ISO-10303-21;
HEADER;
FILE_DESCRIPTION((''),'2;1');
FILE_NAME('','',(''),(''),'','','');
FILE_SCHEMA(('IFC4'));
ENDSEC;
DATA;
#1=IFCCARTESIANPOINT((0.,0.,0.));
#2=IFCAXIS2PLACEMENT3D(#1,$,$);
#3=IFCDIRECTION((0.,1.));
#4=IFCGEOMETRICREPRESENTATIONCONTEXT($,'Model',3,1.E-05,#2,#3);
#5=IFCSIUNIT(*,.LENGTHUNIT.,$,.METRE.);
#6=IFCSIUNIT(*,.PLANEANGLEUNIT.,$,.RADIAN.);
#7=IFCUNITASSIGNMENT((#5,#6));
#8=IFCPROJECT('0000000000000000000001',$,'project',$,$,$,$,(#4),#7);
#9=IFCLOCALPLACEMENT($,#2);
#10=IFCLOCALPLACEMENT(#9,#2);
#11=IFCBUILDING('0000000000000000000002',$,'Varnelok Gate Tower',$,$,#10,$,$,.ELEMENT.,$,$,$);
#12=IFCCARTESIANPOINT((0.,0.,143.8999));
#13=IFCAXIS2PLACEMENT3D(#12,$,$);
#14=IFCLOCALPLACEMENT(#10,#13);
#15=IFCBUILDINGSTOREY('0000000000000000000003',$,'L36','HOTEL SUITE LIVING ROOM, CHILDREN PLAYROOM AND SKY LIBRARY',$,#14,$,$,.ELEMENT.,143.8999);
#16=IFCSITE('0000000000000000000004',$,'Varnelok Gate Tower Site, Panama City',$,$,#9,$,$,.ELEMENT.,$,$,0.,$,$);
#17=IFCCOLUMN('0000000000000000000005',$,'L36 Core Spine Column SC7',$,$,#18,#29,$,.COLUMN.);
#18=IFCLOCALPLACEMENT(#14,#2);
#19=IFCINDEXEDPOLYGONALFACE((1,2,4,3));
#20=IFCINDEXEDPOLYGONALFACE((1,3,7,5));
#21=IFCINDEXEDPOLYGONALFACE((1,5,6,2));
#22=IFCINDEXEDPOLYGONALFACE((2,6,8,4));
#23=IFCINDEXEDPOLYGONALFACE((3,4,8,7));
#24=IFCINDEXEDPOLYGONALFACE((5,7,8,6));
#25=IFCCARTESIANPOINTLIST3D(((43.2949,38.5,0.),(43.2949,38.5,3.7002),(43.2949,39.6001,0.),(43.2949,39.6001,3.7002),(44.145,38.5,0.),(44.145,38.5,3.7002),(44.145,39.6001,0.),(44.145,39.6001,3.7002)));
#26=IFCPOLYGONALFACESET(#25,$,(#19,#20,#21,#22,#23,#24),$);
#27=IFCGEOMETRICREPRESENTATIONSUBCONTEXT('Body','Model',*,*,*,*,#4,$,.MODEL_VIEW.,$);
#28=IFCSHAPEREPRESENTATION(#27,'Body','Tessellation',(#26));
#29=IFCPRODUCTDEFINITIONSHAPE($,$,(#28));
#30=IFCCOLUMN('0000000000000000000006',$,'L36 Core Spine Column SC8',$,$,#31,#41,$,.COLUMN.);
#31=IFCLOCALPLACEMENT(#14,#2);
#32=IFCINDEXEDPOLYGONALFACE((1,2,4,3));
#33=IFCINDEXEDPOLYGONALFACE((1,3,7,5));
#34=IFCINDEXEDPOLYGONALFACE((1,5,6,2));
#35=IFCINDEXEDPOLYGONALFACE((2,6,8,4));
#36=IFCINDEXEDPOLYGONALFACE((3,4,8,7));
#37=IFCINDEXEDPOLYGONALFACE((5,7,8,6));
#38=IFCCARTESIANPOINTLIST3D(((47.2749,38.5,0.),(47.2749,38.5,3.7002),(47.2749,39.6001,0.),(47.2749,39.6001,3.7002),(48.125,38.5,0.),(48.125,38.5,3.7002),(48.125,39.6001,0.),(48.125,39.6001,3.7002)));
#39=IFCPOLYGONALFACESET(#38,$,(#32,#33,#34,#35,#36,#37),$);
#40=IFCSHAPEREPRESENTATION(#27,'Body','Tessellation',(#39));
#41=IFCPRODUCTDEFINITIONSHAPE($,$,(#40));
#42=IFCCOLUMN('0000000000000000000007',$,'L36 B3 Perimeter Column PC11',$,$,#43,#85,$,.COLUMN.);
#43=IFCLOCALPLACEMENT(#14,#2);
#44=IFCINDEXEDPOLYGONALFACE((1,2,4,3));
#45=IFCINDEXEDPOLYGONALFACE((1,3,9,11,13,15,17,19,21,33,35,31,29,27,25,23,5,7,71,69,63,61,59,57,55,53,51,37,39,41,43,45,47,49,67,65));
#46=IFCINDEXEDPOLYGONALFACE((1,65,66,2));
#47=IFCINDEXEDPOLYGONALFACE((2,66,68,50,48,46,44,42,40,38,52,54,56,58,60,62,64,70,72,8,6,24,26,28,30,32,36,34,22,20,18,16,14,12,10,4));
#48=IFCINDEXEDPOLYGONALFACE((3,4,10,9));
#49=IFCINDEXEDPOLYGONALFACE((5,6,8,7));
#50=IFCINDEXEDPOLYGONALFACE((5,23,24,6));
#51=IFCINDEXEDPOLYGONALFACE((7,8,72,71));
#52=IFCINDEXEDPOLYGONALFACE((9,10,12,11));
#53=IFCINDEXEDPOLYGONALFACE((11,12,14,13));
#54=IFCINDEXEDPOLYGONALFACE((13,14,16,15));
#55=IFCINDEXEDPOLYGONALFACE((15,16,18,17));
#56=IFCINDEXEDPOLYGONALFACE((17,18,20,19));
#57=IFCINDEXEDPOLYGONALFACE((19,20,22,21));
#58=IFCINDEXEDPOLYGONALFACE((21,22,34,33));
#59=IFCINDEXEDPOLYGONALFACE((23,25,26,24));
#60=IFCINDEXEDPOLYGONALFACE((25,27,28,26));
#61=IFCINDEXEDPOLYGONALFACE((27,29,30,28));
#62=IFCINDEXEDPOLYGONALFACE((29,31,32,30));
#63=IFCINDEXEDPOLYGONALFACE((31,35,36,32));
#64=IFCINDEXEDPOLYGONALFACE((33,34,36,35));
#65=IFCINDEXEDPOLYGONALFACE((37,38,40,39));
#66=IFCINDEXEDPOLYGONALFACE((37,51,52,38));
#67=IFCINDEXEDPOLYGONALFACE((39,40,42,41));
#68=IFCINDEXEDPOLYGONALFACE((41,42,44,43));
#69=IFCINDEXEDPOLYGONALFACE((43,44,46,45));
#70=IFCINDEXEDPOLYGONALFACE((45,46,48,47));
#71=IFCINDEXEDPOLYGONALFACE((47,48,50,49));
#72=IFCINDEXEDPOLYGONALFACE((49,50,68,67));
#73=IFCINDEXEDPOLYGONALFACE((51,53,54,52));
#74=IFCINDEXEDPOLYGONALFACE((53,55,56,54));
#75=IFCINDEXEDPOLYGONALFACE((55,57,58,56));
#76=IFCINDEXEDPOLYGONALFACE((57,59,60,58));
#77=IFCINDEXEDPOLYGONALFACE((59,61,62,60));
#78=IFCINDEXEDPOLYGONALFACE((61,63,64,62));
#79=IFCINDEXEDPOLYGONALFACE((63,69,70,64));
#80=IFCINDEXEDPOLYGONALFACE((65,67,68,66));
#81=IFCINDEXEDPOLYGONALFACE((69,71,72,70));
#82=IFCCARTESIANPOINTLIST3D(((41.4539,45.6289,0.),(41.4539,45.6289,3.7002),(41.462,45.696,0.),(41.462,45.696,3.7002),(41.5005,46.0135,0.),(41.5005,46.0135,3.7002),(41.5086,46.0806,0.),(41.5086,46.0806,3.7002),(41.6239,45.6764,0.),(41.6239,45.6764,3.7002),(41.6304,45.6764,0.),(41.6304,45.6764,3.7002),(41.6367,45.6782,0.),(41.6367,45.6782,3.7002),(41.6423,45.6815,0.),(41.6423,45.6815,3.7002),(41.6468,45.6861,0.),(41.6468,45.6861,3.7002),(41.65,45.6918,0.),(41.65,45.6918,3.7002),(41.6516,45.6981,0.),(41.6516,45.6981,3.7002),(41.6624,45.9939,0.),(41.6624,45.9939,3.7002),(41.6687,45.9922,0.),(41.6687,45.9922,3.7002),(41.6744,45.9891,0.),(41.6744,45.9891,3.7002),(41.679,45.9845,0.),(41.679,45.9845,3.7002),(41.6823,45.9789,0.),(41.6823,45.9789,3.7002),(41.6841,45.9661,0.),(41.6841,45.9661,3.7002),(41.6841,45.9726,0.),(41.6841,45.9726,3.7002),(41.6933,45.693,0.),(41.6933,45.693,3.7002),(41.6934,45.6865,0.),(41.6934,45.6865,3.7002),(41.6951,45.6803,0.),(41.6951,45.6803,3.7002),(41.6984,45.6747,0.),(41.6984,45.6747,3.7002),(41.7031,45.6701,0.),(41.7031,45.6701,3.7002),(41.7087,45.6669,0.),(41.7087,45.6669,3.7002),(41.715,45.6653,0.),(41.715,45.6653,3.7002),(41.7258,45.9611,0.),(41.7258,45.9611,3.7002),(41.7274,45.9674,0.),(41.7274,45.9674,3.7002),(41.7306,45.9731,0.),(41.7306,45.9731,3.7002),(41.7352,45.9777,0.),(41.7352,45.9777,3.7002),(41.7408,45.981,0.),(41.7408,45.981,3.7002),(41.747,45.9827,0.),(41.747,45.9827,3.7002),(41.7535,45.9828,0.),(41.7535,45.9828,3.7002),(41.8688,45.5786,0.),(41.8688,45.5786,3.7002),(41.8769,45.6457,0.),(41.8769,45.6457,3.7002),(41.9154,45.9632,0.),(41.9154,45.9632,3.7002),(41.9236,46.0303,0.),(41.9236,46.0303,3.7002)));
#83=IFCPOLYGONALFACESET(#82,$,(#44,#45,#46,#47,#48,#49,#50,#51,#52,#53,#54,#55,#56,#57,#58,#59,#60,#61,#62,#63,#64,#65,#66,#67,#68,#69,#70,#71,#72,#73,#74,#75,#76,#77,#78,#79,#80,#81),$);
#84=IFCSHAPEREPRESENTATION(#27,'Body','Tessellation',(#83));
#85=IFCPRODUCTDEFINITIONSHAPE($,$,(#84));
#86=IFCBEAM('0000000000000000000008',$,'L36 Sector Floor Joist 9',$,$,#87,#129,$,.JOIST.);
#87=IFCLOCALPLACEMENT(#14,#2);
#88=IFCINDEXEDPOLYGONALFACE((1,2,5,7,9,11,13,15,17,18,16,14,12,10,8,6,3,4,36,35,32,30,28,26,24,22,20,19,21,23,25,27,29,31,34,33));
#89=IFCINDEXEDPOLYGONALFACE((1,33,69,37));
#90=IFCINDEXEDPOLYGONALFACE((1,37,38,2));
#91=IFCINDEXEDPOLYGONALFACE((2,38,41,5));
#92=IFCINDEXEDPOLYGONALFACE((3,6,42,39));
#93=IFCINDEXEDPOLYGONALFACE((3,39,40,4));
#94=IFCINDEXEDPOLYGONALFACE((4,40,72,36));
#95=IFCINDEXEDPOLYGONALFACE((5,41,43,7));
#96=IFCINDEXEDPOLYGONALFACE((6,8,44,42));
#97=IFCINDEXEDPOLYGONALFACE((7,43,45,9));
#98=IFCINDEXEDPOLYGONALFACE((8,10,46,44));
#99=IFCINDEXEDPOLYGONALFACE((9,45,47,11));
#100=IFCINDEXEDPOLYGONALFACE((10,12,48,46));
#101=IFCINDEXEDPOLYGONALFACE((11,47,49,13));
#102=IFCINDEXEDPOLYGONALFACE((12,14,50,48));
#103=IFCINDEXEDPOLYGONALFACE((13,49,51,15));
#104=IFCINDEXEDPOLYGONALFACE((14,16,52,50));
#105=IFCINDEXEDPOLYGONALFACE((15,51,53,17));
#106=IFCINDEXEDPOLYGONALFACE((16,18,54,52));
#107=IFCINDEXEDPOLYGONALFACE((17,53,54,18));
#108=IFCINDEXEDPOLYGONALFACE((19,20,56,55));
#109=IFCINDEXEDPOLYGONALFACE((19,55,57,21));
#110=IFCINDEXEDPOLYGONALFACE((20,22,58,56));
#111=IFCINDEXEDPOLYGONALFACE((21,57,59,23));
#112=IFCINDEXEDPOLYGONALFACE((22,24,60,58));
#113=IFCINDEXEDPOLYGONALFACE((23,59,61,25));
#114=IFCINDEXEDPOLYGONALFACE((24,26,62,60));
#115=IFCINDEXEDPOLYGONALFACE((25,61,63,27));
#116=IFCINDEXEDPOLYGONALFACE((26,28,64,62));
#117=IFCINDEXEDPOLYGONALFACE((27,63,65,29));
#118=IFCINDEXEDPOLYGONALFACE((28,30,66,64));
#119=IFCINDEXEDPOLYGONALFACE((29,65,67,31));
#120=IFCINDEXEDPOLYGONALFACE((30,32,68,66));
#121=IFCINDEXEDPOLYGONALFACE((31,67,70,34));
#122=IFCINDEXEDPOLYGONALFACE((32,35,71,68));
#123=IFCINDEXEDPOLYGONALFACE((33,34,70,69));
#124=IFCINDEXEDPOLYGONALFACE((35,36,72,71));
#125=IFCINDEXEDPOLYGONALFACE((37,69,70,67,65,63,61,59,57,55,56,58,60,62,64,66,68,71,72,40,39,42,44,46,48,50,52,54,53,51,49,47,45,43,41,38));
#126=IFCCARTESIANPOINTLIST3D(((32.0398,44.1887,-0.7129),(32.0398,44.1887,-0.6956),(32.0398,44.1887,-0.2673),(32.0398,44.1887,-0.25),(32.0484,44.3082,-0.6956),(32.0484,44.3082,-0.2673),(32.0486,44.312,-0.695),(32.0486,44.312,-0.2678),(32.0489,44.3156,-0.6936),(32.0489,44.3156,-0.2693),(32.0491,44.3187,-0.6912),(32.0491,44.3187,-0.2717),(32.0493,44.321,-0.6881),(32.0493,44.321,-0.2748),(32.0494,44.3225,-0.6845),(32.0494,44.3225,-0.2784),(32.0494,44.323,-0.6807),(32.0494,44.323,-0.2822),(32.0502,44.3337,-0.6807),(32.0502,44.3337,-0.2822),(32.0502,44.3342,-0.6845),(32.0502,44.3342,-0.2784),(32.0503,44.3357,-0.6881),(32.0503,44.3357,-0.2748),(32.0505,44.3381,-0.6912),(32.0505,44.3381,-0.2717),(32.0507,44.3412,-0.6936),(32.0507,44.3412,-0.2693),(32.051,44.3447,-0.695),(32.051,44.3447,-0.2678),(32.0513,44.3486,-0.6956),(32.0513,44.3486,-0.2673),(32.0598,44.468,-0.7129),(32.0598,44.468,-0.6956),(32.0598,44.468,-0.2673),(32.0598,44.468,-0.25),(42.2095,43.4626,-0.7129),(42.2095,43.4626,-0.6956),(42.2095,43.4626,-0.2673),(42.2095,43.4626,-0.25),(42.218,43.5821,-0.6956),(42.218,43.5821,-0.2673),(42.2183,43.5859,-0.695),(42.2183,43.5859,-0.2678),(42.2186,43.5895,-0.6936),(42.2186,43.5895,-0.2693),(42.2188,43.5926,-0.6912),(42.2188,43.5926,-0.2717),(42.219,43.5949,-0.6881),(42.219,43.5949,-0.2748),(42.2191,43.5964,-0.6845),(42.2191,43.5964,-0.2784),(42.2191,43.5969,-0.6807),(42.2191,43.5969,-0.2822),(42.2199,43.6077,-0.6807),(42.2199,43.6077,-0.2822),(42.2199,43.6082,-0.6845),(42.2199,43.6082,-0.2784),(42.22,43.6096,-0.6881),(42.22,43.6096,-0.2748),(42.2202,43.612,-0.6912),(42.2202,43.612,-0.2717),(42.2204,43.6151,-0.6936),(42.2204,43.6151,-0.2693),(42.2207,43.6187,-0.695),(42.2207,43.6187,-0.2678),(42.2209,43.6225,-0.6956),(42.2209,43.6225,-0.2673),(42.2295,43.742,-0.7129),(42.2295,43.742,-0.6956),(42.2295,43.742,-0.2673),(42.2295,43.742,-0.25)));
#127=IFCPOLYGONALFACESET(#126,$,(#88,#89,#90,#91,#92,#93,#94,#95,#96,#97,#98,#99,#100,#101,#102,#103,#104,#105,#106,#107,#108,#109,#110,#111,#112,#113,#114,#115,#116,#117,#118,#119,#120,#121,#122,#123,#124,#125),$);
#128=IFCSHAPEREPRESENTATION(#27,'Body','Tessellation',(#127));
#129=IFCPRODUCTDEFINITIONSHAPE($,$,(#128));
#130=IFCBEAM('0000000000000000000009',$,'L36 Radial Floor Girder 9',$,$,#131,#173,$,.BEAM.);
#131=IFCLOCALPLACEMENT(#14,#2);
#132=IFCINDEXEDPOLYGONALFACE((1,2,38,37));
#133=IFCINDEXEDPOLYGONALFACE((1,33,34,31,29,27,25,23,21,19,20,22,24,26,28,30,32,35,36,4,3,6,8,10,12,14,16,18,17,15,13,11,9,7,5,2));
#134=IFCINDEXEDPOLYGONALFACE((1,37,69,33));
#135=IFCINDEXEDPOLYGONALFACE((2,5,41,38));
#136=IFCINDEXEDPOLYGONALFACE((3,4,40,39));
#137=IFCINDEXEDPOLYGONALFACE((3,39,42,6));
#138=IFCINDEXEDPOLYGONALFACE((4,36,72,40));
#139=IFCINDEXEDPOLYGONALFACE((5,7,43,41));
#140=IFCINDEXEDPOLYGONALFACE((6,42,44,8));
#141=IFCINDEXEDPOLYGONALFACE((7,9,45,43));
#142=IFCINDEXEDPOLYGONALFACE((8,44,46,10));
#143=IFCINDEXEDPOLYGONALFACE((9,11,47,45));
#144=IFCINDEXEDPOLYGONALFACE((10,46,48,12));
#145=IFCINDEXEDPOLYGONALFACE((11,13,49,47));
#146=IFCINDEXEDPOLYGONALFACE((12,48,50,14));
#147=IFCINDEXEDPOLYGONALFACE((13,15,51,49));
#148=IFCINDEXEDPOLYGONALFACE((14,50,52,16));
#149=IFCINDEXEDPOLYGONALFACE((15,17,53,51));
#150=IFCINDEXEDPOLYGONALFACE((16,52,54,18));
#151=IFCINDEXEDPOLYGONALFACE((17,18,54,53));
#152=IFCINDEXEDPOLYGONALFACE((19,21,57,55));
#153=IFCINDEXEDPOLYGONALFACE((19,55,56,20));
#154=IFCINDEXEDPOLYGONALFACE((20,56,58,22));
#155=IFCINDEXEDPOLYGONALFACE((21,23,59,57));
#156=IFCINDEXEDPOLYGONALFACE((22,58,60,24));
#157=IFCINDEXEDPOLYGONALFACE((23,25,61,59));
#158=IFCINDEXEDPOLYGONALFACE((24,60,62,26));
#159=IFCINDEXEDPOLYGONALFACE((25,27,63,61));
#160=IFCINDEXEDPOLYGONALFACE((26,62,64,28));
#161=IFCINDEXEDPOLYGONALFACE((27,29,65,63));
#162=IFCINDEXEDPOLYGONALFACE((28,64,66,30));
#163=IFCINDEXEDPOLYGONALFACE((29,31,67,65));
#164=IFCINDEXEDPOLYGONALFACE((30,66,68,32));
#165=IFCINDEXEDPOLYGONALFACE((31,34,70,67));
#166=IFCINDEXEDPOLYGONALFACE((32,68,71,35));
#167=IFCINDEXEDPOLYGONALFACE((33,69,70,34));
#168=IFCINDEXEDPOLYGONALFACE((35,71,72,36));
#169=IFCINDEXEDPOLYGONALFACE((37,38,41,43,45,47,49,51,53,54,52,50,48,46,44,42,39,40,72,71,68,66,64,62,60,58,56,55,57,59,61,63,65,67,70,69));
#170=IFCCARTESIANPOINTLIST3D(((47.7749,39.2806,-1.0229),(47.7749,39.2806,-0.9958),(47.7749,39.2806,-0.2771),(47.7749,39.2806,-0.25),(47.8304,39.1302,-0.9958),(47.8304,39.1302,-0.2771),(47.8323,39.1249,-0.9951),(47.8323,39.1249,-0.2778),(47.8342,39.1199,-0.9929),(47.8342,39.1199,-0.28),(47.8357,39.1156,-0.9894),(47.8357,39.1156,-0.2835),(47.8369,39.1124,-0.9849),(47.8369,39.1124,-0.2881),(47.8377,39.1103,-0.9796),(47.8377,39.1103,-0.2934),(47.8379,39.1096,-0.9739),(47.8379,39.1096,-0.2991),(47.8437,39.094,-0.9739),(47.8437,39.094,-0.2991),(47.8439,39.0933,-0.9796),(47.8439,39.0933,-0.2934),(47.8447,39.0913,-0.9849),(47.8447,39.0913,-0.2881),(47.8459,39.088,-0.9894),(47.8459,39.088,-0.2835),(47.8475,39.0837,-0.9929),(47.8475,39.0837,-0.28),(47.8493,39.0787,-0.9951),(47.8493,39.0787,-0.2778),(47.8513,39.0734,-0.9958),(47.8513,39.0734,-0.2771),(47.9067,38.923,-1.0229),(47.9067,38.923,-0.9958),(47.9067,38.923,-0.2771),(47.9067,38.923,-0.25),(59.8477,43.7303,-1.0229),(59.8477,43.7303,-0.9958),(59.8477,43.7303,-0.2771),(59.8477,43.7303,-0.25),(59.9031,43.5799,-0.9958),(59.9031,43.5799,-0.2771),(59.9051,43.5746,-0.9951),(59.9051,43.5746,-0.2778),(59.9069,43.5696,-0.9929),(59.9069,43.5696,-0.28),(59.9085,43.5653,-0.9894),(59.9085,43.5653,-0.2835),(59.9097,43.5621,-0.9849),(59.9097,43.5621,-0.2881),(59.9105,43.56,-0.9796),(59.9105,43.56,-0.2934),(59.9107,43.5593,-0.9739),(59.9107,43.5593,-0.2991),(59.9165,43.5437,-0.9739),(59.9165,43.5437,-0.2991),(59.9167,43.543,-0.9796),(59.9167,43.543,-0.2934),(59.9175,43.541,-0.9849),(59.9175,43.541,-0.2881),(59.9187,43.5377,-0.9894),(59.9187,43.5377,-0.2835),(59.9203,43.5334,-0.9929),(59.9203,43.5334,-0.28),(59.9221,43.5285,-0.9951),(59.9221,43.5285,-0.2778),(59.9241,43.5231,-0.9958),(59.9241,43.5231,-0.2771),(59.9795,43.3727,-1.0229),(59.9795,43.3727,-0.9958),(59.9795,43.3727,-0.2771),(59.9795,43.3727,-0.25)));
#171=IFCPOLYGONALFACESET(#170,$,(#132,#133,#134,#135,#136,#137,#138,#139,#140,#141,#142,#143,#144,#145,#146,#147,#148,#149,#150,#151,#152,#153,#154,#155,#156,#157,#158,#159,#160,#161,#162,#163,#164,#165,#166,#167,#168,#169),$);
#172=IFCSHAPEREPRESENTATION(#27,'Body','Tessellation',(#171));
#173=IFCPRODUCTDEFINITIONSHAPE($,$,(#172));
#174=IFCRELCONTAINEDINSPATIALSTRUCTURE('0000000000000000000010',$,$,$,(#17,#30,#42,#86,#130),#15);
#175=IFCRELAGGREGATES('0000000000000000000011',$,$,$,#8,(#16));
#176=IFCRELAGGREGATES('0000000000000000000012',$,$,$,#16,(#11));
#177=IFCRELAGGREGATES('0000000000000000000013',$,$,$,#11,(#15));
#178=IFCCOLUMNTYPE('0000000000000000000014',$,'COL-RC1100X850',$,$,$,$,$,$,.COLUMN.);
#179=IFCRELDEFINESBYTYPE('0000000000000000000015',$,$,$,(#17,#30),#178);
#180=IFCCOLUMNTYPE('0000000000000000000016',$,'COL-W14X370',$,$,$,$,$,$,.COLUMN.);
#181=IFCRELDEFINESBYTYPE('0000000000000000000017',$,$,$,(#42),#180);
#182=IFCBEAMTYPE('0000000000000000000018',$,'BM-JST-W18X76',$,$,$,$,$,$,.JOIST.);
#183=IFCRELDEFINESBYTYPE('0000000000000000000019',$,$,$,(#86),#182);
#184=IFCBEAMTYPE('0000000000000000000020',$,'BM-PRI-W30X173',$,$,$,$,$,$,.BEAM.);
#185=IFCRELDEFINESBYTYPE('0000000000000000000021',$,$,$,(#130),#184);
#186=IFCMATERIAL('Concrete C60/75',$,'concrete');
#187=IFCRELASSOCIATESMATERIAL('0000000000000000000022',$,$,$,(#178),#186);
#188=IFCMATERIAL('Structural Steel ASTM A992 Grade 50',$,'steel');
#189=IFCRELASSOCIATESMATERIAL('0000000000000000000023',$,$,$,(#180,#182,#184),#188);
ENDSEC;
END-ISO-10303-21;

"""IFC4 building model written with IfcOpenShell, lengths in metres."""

from ifc_helpers import new_model, si_unit, direction, frame, origin, origin_2d, place, context, subcontext, project, spatial, rectangle, i_section, extrude, material, material_profile, profile_set, type_object, element, save


model = new_model("IFC4")

# Units and contexts
model_context = context("Model", 3, precision=1e-05, world=origin(), true_north=direction((0.0, 1.0)))
body_context = subcontext(model_context, "Body", "Model", "MODEL_VIEW")
ifc_project = project(units=[si_unit("LENGTHUNIT", "METRE"), si_unit("PLANEANGLEUNIT", "RADIAN")], contexts=[model_context])

# Site, building, storey
site_placement = place(None, origin())
site = spatial("IfcSite", under=ifc_project, at=site_placement, Name="Varnelok Gate Tower Site, Panama City", CompositionType="ELEMENT", RefElevation=0.0)
building_placement = place(site_placement, origin())
building = spatial("IfcBuilding", under=site, at=building_placement, Name="Varnelok Gate Tower", CompositionType="ELEMENT")
storey_placement = place(building_placement, frame((0.0, 0.0, 143.8999)))
storey = spatial("IfcBuildingStorey", under=building, at=storey_placement, Name="L36", Description="HOTEL SUITE LIVING ROOM, CHILDREN PLAYROOM AND SKY LIBRARY", CompositionType="ELEMENT", Elevation=143.8999)

# Columns
ifc_material_1 = material(Name="Concrete C60/75", Category="concrete")
ifc_material_profile_1 = material_profile(ifc_material_1, rectangle(XDim=0.8501, YDim=1.1001, at=origin_2d()), Name="RC1100X850")
ifc_profile_set_1 = profile_set([ifc_material_profile_1], Name="Concrete C60/75")
column_type_1 = type_object("IfcColumnType", Name="COL-RC1100X850", PredefinedType="COLUMN", material=ifc_profile_set_1)
for number, where, z_axis, x_axis, name in (
    (1, (43.72, 39.05, 0.0), (0.0, 0.0, 1.0), (1.0, 0.0, 0.0), "L36 Core Spine Column SC7"),
    (2, (47.7, 39.05, 0.0), (0.0, 0.0, 1.0), (1.0, 0.0, 0.0), "L36 Core Spine Column SC8"),
):
    element("IfcColumn", number, at=place(storey_placement, frame(where, z_axis=z_axis, x_axis=x_axis)), inside=storey, type_object=column_type_1, Name=name, PredefinedType="COLUMN", context=body_context, shape_type="SweptSolid", body=[
        extrude(rectangle(XDim=0.8501, YDim=1.1001, at=origin_2d()), origin(), (0.0, 0.0, 1.0), 3.7002),
    ])
ifc_material_2 = material(Name="Structural Steel ASTM A992 Grade 50", Category="steel")
ifc_material_profile_2 = material_profile(ifc_material_2, i_section(OverallWidth=0.418, OverallDepth=0.4551, WebThickness=0.042, FlangeThickness=0.0676, FilletRadius=0.0249, at=origin_2d()), Name="W14X370")
ifc_profile_set_2 = profile_set([ifc_material_profile_2], Name="Structural Steel ASTM A992 Grade 50")
column_type_2 = type_object("IfcColumnType", Name="COL-W14X370", PredefinedType="COLUMN", material=ifc_profile_set_2)
column_placement = place(storey_placement, frame((41.6887, 45.8296, 0.0), z_axis=(0.0, 0.0, 1.0), x_axis=(0.992732, -0.120345, 0.0)))
element("IfcColumn", 3, at=column_placement, inside=storey, type_object=column_type_2, Name="L36 B3 Perimeter Column PC11", PredefinedType="COLUMN", context=body_context, shape_type="SweptSolid", body=[
    extrude(i_section(OverallWidth=0.418, OverallDepth=0.4551, WebThickness=0.042, FlangeThickness=0.0676, FilletRadius=0.0249, at=origin_2d()), origin(), (0.0, 0.0, 1.0), 3.7002),
])

# Beams
ifc_material_profile_3 = material_profile(ifc_material_2, i_section(OverallWidth=0.28, OverallDepth=0.4629, WebThickness=0.0107, FlangeThickness=0.0173, FilletRadius=0.0149, at=origin_2d()), Name="W18X76")
ifc_profile_set_3 = profile_set([ifc_material_profile_3], Name="Structural Steel ASTM A992 Grade 50")
beam_type_1 = type_object("IfcBeamType", Name="BM-JST-W18X76", PredefinedType="JOIST", material=ifc_profile_set_3)
beam_1_placement = place(storey_placement, frame((42.2195, 43.6023, -0.4814), z_axis=(-0.997461, 0.071215, 0.0), x_axis=(-0.071215, -0.997461, 0.0)))
element("IfcBeam", 4, at=beam_1_placement, inside=storey, type_object=beam_type_1, Name="L36 Sector Floor Joist 9", PredefinedType="JOIST", context=body_context, shape_type="SweptSolid", body=[
    extrude(i_section(OverallWidth=0.28, OverallDepth=0.4629, WebThickness=0.0107, FlangeThickness=0.0173, FilletRadius=0.0149, at=origin_2d()), origin(), (0.0, 0.0, 1.0), 10.1956),
])
ifc_material_profile_4 = material_profile(ifc_material_2, i_section(OverallWidth=0.3811, OverallDepth=0.7729, WebThickness=0.0166, FlangeThickness=0.0271, FilletRadius=0.022, at=origin_2d()), Name="W30X173")
ifc_profile_set_4 = profile_set([ifc_material_profile_4], Name="Structural Steel ASTM A992 Grade 50")
beam_type_2 = type_object("IfcBeamType", Name="BM-PRI-W30X173", PredefinedType="BEAM", material=ifc_profile_set_4)
beam_2_placement = place(storey_placement, frame((47.8408, 39.1018, -0.6365), z_axis=(0.938296, 0.345832, 0.0), x_axis=(-0.345832, 0.938296, 0.0)))
element("IfcBeam", 5, at=beam_2_placement, inside=storey, type_object=beam_type_2, Name="L36 Radial Floor Girder 9", PredefinedType="BEAM", context=body_context, shape_type="SweptSolid", body=[
    extrude(i_section(OverallWidth=0.3811, OverallDepth=0.7729, WebThickness=0.0166, FlangeThickness=0.0271, FilletRadius=0.022, at=origin_2d()), origin(), (0.0, 0.0, 1.0), 12.8667),
])

save(model, "model.ifc")
